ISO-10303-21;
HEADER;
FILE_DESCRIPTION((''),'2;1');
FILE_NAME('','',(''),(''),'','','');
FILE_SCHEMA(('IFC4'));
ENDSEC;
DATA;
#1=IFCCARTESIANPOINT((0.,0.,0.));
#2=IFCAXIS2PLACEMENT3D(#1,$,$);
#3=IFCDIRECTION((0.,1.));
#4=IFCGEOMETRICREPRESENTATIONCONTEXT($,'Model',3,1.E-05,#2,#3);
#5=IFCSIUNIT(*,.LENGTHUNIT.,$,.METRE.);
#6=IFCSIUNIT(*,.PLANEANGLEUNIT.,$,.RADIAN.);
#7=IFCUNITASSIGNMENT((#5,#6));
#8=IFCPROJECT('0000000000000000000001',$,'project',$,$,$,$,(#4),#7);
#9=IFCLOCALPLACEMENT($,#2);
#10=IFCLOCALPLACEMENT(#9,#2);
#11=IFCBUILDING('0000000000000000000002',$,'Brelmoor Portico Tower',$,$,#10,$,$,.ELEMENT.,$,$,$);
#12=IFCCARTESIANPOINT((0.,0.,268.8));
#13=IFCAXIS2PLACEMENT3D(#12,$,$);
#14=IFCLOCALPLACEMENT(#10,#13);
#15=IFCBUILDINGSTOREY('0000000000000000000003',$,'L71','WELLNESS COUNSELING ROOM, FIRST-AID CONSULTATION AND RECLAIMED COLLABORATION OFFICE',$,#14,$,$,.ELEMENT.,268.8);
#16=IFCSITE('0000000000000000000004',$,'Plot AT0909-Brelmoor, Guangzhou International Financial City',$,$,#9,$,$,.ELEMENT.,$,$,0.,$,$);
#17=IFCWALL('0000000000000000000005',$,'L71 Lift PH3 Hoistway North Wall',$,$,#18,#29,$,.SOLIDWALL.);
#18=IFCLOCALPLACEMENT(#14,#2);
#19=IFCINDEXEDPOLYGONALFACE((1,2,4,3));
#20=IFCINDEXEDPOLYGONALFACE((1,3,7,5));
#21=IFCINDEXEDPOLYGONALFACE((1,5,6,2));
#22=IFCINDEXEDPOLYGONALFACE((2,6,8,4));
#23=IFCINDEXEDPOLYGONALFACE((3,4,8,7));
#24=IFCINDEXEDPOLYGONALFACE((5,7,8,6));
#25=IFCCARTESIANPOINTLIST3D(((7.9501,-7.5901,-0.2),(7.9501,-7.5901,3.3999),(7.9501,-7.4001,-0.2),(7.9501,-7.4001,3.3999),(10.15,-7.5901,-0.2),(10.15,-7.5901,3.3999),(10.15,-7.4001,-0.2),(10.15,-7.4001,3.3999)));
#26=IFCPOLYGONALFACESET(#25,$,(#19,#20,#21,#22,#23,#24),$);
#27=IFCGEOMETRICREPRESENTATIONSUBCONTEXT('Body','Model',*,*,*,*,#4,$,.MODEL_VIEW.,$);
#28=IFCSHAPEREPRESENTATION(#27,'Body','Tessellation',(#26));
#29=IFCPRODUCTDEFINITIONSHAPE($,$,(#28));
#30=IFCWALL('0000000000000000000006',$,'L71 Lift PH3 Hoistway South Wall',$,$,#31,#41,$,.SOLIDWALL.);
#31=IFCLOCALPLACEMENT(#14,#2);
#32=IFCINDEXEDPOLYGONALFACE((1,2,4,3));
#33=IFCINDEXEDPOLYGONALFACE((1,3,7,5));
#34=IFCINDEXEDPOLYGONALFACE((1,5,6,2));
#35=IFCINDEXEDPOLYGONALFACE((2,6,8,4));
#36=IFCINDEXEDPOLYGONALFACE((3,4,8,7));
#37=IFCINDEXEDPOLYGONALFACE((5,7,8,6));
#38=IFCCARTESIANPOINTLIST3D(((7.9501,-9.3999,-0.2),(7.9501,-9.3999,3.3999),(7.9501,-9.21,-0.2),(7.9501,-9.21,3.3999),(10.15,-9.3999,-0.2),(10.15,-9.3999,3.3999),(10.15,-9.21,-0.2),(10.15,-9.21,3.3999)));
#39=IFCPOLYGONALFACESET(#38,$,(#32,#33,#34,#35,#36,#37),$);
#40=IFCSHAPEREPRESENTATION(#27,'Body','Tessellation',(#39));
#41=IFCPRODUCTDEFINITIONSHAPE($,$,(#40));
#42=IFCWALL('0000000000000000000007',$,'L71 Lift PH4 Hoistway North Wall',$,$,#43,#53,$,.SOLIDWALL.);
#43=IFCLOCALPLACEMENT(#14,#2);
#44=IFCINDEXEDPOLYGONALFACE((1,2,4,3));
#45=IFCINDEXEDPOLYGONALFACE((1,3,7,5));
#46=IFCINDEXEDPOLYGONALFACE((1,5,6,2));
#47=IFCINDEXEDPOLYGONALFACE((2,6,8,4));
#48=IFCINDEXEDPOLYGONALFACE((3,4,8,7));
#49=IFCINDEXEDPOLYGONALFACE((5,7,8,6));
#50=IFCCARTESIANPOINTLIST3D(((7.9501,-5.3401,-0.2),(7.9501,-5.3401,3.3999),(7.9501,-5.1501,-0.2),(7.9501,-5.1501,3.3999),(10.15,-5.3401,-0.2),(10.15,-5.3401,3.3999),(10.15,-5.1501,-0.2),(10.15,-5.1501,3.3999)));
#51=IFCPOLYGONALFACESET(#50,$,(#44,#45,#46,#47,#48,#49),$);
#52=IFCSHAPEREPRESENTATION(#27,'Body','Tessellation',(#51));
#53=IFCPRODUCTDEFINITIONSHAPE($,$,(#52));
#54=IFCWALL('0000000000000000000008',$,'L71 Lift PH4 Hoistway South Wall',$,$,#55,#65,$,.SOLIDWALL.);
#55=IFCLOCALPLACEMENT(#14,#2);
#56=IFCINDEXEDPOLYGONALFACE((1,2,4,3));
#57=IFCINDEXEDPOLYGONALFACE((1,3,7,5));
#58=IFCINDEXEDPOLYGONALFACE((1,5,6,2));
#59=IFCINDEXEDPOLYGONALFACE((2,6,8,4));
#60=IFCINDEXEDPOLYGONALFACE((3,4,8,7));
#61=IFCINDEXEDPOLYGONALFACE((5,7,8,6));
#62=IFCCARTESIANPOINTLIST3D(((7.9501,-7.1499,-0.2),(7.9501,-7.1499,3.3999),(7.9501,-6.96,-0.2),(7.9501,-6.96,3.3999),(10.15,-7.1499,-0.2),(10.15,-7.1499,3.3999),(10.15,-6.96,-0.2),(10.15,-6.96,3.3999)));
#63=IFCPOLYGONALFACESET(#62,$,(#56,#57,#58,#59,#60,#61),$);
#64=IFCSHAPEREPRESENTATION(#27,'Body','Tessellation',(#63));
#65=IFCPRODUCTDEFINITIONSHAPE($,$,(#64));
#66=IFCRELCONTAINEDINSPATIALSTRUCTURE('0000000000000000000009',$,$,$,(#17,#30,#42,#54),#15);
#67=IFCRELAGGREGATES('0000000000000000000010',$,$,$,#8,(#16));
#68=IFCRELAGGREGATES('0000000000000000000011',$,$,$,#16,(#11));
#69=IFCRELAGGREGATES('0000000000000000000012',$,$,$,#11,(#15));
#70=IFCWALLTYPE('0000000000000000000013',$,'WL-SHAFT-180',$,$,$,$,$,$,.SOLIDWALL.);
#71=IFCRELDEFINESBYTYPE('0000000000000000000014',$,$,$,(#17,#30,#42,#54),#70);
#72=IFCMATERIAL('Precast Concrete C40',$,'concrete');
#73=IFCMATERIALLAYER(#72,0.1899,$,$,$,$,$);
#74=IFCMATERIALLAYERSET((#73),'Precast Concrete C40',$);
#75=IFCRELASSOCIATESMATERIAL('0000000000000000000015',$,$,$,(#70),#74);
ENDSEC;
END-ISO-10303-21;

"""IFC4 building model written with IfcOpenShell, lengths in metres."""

from ifc_helpers import new_model, si_unit, direction, frame, frame_2d, origin, place, context, subcontext, project, spatial, rectangle, extrude, material, layer, layer_set, type_object, element, save


model = new_model("IFC4")

# Units and contexts
model_context = context("Model", 3, precision=1e-05, world=origin(), true_north=direction((0.0, 1.0)))
body_context = subcontext(model_context, "Body", "Model", "MODEL_VIEW")
ifc_project = project(units=[si_unit("LENGTHUNIT", "METRE"), si_unit("PLANEANGLEUNIT", "RADIAN")], contexts=[model_context])

# Site, building, storey
site_placement = place(None, origin())
site = spatial("IfcSite", under=ifc_project, at=site_placement, Name="Plot AT0909-Brelmoor, Guangzhou International Financial City", CompositionType="ELEMENT", RefElevation=0.0)
building_placement = place(site_placement, origin())
building = spatial("IfcBuilding", under=site, at=building_placement, Name="Brelmoor Portico Tower", CompositionType="ELEMENT")
storey_placement = place(building_placement, frame((0.0, 0.0, 268.8)))
storey = spatial("IfcBuildingStorey", under=building, at=storey_placement, Name="L71", Description="WELLNESS COUNSELING ROOM, FIRST-AID CONSULTATION AND RECLAIMED COLLABORATION OFFICE", CompositionType="ELEMENT", Elevation=268.8)

# Walls
ifc_material_1 = material(Name="Precast Concrete C40", Category="concrete")
ifc_layer_1 = layer(ifc_material_1, 0.1899)
ifc_layer_set_1 = layer_set([ifc_layer_1], Name="Precast Concrete C40")
wall_type_1 = type_object("IfcWallType", Name="WL-SHAFT-180", PredefinedType="SOLIDWALL", material=ifc_layer_set_1)
for number, where, z_axis, x_axis, name in (
    (1, (7.95, -7.4951, -0.2), (0.0, 0.0, 1.0), (1.0, 0.0, 0.0), "L71 Lift PH3 Hoistway North Wall"),
    (2, (7.95, -9.3049, -0.2), (0.0, 0.0, 1.0), (1.0, 0.0, 0.0), "L71 Lift PH3 Hoistway South Wall"),
    (3, (7.95, -5.2451, -0.2), (0.0, 0.0, 1.0), (1.0, 0.0, 0.0), "L71 Lift PH4 Hoistway North Wall"),
    (4, (7.95, -7.0549, -0.2), (0.0, 0.0, 1.0), (1.0, 0.0, 0.0), "L71 Lift PH4 Hoistway South Wall"),
):
    element("IfcWall", number, at=place(storey_placement, frame(where, z_axis=z_axis, x_axis=x_axis)), inside=storey, type_object=wall_type_1, Name=name, PredefinedType="SOLIDWALL", context=body_context, shape_type="SweptSolid", body=[
        extrude(rectangle(XDim=2.2, YDim=0.1899, at=frame_2d((1.1001, 0.0))), origin(), (0.0, 0.0, 1.0), 3.5999),
    ])

save(model, "model.ifc")
